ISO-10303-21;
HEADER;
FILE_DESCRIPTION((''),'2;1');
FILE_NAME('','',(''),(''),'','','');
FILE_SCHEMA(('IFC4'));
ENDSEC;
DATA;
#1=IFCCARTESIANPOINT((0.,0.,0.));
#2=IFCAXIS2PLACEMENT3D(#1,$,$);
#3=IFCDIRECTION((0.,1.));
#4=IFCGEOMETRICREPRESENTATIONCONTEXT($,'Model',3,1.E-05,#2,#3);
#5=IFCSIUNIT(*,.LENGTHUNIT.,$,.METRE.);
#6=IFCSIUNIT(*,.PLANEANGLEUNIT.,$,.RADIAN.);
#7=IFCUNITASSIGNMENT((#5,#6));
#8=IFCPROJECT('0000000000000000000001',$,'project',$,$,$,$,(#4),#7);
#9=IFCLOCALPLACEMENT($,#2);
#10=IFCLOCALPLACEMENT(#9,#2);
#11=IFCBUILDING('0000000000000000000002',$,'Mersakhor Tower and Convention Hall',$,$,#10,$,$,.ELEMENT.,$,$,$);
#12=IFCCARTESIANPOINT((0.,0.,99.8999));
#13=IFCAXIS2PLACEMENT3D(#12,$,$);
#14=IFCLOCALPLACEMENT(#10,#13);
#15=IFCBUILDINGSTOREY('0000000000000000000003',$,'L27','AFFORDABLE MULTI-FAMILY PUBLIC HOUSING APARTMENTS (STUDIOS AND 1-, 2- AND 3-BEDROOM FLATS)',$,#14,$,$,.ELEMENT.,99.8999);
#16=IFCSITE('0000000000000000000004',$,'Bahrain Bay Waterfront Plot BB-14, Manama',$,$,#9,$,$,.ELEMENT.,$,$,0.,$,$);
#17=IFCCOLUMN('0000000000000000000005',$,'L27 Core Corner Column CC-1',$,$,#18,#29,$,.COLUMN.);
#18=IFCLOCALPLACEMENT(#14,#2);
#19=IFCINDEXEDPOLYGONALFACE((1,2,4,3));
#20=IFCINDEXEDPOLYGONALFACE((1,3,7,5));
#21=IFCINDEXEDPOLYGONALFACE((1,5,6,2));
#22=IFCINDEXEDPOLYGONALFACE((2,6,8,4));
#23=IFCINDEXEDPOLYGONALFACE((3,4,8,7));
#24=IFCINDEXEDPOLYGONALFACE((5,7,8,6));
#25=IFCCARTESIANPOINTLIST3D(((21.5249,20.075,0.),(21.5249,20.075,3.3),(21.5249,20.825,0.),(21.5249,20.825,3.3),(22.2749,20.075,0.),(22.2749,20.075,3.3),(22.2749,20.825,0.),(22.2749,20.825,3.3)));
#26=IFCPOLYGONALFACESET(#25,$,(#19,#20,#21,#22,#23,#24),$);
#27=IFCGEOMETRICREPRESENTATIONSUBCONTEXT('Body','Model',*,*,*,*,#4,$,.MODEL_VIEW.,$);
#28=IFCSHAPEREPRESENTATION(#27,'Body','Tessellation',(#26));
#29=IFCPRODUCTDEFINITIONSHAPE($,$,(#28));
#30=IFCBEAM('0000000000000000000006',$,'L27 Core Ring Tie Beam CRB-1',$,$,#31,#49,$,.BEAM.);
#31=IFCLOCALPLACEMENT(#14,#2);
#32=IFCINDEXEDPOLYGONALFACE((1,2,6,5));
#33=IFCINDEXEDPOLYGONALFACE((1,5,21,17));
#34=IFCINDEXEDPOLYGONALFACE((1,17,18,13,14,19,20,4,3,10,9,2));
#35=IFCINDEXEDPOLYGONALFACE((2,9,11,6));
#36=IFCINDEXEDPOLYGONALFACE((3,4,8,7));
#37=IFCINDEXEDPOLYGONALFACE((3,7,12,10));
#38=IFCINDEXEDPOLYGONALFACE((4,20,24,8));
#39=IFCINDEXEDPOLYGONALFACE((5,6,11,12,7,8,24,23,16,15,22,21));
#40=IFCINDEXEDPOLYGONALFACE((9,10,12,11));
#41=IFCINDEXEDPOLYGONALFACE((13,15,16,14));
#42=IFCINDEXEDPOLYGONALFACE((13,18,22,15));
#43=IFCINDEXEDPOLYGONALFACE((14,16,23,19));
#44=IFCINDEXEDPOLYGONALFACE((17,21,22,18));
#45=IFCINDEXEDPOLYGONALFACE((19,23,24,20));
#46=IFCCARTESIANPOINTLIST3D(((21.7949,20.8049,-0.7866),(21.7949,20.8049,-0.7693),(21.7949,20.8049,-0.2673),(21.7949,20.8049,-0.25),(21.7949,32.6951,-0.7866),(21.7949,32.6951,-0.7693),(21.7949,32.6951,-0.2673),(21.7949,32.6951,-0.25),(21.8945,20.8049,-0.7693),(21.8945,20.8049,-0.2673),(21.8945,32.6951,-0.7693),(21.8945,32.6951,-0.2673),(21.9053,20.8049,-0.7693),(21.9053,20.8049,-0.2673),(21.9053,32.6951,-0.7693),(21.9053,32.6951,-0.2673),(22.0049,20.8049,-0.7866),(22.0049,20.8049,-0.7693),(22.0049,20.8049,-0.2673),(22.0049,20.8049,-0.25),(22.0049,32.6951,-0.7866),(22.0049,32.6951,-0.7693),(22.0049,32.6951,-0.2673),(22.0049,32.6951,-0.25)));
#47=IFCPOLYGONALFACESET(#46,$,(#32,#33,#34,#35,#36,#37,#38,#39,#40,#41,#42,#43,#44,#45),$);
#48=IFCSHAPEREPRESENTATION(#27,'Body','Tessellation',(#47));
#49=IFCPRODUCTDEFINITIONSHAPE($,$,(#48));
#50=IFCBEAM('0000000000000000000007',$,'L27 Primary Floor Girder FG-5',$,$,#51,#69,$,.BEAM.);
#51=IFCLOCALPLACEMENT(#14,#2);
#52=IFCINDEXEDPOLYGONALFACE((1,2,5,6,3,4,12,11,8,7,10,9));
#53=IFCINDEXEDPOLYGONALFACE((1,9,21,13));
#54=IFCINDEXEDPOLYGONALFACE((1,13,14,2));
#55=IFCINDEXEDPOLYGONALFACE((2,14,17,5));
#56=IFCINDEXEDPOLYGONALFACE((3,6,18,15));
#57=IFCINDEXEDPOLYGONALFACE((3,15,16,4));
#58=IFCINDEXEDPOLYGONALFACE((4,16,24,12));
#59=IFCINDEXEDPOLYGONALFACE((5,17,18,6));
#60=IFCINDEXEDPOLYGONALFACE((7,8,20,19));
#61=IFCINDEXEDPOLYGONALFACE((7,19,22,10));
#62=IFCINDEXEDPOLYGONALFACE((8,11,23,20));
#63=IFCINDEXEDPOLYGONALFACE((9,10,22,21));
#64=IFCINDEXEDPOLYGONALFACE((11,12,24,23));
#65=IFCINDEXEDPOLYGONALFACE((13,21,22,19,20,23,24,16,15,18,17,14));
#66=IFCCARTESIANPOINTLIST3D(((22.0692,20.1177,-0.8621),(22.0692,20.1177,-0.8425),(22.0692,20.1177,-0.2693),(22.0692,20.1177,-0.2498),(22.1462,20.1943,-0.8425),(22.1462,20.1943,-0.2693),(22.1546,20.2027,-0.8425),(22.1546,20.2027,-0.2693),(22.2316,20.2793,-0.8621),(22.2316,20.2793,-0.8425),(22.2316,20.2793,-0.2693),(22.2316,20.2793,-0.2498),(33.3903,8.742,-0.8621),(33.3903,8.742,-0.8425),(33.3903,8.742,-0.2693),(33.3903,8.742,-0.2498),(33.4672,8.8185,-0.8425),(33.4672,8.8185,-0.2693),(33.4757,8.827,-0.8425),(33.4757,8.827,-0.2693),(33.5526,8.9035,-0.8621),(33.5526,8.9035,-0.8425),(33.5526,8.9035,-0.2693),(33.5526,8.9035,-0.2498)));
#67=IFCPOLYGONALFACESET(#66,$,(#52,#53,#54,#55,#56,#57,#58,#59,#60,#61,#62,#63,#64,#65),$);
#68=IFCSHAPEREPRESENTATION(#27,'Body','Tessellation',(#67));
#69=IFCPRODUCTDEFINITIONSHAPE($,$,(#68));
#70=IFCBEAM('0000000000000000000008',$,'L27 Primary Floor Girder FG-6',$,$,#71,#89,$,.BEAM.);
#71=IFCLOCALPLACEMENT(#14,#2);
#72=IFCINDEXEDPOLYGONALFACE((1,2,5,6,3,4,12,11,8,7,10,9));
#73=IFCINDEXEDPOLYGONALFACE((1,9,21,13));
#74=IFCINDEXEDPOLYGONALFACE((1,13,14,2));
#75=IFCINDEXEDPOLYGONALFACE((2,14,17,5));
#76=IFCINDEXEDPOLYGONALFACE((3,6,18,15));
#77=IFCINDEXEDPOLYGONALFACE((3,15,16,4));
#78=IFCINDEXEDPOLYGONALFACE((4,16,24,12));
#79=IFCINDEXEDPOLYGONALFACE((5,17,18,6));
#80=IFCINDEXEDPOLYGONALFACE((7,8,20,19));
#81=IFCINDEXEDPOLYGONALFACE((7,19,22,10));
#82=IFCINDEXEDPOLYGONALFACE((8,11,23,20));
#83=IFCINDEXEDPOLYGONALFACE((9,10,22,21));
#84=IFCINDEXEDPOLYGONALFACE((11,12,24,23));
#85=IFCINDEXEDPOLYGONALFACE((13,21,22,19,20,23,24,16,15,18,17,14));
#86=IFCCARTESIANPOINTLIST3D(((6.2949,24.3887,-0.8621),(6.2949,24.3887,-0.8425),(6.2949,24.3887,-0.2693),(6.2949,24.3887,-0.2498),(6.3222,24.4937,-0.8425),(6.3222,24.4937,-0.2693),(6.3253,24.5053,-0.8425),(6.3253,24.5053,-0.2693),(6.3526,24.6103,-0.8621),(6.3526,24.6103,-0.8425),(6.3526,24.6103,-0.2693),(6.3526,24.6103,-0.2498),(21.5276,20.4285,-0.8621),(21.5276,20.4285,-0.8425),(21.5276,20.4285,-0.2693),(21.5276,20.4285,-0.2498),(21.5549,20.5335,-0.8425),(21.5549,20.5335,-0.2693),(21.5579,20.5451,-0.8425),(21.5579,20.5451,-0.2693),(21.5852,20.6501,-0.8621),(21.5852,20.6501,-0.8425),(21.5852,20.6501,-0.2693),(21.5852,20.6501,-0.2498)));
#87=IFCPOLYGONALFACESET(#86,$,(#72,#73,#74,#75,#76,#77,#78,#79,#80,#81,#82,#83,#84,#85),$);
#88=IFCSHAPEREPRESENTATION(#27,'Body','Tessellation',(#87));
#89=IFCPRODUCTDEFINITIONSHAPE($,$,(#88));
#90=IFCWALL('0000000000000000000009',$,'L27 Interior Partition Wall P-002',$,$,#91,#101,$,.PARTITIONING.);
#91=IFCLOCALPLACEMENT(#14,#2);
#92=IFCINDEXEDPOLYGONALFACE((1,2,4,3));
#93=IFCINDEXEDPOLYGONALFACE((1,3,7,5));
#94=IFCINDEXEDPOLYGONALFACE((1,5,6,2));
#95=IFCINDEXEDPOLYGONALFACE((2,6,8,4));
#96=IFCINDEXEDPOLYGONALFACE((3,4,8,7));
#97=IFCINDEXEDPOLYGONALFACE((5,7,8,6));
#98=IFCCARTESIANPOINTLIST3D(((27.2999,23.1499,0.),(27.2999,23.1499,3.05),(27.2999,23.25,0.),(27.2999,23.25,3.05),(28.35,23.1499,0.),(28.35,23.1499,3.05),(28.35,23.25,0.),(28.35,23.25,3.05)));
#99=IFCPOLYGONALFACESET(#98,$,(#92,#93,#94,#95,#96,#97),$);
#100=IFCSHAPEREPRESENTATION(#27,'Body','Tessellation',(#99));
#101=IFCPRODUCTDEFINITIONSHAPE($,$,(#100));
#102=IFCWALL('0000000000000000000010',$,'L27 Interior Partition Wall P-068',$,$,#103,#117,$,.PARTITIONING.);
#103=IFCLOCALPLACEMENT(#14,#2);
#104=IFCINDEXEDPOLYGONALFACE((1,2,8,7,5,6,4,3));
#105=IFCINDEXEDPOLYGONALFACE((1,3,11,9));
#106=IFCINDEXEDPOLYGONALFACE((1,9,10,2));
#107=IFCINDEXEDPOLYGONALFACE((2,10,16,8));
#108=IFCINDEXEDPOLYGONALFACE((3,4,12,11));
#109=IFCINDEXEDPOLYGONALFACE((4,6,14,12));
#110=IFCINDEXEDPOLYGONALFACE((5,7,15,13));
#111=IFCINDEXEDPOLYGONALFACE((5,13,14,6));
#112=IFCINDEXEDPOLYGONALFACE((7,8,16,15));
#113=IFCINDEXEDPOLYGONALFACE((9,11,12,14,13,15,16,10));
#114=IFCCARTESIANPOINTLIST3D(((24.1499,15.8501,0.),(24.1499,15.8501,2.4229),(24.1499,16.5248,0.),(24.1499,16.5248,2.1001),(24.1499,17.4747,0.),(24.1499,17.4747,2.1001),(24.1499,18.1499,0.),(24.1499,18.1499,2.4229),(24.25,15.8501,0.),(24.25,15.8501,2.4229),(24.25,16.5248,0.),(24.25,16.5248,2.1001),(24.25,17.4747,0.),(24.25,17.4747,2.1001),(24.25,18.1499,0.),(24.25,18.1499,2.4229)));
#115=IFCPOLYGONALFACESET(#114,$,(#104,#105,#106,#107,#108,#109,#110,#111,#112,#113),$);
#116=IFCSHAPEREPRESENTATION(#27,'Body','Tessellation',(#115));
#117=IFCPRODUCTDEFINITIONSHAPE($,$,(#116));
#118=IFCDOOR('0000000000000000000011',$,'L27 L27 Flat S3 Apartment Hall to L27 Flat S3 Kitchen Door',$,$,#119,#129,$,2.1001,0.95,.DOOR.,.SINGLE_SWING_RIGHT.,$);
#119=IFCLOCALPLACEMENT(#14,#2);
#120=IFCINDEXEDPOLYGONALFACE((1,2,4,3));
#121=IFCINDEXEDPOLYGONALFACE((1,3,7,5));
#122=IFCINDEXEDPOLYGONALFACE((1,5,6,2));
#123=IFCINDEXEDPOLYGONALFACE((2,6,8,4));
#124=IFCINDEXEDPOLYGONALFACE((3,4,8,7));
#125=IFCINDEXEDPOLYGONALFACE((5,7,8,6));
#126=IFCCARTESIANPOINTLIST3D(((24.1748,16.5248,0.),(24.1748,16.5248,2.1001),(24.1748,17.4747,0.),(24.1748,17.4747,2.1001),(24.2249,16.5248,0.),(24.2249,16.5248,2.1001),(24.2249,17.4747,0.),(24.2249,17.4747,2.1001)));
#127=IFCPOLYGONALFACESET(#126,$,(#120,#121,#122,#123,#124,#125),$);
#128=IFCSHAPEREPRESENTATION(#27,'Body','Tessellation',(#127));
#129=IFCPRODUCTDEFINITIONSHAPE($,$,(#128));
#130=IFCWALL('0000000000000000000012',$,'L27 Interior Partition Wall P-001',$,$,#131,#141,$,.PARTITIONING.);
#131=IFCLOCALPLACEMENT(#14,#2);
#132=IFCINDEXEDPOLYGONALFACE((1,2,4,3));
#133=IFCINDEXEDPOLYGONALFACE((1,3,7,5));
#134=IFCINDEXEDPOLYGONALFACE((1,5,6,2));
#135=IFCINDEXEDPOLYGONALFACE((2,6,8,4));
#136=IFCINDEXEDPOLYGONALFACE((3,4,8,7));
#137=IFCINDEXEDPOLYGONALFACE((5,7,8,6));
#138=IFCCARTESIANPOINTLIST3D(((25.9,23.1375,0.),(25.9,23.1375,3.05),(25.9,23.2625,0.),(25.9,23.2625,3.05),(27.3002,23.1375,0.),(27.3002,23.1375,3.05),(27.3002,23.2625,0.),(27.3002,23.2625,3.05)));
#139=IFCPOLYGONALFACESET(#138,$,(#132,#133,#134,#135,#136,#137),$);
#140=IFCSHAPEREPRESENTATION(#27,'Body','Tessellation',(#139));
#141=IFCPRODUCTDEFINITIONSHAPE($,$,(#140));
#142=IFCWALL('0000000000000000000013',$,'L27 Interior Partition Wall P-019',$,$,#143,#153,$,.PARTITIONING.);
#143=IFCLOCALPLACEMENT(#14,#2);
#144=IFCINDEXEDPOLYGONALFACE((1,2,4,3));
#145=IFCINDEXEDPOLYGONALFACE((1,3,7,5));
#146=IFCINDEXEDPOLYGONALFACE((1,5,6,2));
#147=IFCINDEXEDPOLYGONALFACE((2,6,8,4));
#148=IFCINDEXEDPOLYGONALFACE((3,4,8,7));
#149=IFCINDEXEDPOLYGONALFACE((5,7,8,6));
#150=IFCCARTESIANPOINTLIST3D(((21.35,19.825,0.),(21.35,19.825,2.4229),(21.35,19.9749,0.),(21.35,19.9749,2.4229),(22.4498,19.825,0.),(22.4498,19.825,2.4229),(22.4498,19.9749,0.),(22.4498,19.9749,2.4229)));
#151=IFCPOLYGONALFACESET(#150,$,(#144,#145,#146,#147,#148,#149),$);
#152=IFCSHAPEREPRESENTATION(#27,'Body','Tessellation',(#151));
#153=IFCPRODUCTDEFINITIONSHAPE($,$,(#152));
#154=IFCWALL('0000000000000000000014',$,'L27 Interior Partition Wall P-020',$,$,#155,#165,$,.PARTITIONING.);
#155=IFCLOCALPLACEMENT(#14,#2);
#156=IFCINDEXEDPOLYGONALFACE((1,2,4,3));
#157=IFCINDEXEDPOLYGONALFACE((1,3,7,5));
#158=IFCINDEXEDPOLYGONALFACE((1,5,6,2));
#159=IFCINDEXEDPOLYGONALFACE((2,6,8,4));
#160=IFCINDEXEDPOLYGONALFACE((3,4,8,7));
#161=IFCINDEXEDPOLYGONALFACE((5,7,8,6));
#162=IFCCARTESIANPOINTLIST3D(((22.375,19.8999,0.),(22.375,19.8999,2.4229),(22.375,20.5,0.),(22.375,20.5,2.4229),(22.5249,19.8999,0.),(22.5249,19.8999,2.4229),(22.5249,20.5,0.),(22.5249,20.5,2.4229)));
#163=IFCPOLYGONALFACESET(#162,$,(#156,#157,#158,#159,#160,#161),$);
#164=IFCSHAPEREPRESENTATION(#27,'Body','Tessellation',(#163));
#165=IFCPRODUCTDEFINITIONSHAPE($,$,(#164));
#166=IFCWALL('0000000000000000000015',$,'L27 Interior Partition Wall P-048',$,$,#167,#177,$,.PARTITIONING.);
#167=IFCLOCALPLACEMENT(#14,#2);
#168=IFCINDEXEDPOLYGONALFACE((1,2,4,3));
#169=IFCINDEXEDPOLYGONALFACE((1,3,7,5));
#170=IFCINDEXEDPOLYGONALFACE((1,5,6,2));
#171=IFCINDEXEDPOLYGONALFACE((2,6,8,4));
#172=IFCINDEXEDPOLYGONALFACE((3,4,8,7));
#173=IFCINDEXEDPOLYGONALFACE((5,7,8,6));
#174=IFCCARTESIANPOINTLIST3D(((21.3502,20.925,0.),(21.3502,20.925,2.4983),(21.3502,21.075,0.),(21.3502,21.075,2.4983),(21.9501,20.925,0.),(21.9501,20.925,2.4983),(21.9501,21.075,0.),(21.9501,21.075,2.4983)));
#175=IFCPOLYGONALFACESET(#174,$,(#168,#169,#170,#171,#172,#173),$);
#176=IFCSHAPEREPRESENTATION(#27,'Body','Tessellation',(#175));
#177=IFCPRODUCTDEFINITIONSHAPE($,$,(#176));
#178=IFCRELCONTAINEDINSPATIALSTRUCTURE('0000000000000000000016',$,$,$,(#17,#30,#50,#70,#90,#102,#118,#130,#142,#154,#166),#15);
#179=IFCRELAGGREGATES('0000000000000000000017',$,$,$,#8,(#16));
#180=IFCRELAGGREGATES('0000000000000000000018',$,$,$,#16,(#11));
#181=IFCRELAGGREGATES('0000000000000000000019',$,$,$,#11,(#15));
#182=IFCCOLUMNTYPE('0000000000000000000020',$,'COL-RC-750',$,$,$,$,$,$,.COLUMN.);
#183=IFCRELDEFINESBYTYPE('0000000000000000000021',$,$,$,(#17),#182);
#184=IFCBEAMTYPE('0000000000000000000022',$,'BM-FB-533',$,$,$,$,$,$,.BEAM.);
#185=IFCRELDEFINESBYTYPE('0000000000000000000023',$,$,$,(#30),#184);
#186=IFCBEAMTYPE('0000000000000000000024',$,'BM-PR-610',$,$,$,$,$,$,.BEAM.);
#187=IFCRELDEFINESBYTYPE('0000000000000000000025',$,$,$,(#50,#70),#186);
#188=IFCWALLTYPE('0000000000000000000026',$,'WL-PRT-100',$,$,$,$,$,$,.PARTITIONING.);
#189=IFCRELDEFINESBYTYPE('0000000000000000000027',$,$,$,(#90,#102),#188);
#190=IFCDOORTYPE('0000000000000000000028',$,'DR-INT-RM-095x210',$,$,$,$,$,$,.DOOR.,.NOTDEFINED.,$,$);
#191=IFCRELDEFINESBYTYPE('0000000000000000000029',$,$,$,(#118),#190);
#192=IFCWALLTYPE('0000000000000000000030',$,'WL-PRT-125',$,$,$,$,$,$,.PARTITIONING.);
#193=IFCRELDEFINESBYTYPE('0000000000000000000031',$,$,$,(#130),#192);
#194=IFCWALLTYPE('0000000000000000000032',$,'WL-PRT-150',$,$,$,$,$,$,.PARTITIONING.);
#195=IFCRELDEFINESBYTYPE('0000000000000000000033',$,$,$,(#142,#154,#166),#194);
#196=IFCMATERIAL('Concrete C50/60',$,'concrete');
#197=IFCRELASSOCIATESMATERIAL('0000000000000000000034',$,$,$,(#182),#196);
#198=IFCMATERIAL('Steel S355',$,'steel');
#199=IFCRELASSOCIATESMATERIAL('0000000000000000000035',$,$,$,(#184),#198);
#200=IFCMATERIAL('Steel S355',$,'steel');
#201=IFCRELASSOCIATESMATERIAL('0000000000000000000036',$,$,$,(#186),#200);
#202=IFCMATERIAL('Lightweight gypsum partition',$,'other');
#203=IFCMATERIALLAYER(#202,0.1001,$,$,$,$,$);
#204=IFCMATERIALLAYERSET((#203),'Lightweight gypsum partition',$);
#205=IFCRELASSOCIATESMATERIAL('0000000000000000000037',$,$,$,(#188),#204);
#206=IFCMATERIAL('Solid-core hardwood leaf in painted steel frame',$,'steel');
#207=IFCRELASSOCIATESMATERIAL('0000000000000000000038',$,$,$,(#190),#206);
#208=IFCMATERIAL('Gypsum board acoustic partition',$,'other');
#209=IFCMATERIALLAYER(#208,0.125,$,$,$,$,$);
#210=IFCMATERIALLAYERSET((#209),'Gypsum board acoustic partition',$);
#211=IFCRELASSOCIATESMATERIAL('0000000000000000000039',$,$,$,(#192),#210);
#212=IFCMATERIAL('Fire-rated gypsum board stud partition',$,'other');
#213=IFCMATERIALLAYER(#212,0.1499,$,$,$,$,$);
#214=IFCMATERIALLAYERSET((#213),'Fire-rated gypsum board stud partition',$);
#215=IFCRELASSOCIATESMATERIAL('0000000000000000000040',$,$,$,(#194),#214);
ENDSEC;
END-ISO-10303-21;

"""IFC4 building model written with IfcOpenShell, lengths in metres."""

from ifc_helpers import new_model, si_unit, direction, frame, frame_2d, origin, origin_2d, place, context, subcontext, project, spatial, rectangle, i_section, extrude, material, layer, layer_set, material_profile, profile_set, type_object, element, fill, save


model = new_model("IFC4")

# Units and contexts
model_context = context("Model", 3, precision=1e-05, world=origin(), true_north=direction((0.0, 1.0)))
body_context = subcontext(model_context, "Body", "Model", "MODEL_VIEW")
ifc_project = project(units=[si_unit("LENGTHUNIT", "METRE"), si_unit("PLANEANGLEUNIT", "RADIAN")], contexts=[model_context])

# Site, building, storey
site_placement = place(None, origin())
site = spatial("IfcSite", under=ifc_project, at=site_placement, Name="Bahrain Bay Waterfront Plot BB-14, Manama", CompositionType="ELEMENT", RefElevation=0.0)
building_placement = place(site_placement, origin())
building = spatial("IfcBuilding", under=site, at=building_placement, Name="Mersakhor Tower and Convention Hall", CompositionType="ELEMENT")
storey_placement = place(building_placement, frame((0.0, 0.0, 99.8999)))
storey = spatial("IfcBuildingStorey", under=building, at=storey_placement, Name="L27", Description="AFFORDABLE MULTI-FAMILY PUBLIC HOUSING APARTMENTS (STUDIOS AND 1-, 2- AND 3-BEDROOM FLATS)", CompositionType="ELEMENT", Elevation=99.8999)

# Column
ifc_material_1 = material(Name="Concrete C50/60", Category="concrete")
ifc_material_profile_1 = material_profile(ifc_material_1, rectangle(XDim=0.75, YDim=0.75, at=origin_2d()), Name="RC 750x750")
ifc_profile_set_1 = profile_set([ifc_material_profile_1], Name="Concrete C50/60")
column_type = type_object("IfcColumnType", Name="COL-RC-750", PredefinedType="COLUMN", material=ifc_profile_set_1)
column_placement = place(storey_placement, frame((21.8999, 20.45, 0.0), z_axis=(0.0, 0.0, 1.0), x_axis=(1.0, 0.0, 0.0)))
element("IfcColumn", 1, at=column_placement, inside=storey, type_object=column_type, Name="L27 Core Corner Column CC-1", PredefinedType="COLUMN", context=body_context, shape_type="SweptSolid", body=[
    extrude(rectangle(XDim=0.75, YDim=0.75, at=origin_2d()), origin(), (0.0, 0.0, 1.0), 3.3),
])

# Beams
ifc_material_2 = material(Name="Steel S355", Category="steel")
ifc_material_profile_2 = material_profile(ifc_material_2, i_section(OverallWidth=0.21, OverallDepth=0.5366, WebThickness=0.0107, FlangeThickness=0.0173, at=origin_2d()), Name="UB 533x210x101")
ifc_profile_set_2 = profile_set([ifc_material_profile_2], Name="Steel S355")
beam_type_1 = type_object("IfcBeamType", Name="BM-FB-533", PredefinedType="BEAM", material=ifc_profile_set_2)
beam_1_placement = place(storey_placement, frame((21.8999, 20.8049, -0.5183), z_axis=(0.0, 1.0, 0.0), x_axis=(-1.0, 0.0, 0.0)))
element("IfcBeam", 2, at=beam_1_placement, inside=storey, type_object=beam_type_1, Name="L27 Core Ring Tie Beam CRB-1", PredefinedType="BEAM", context=body_context, shape_type="SweptSolid", body=[
    extrude(i_section(OverallWidth=0.21, OverallDepth=0.5366, WebThickness=0.0107, FlangeThickness=0.0173, at=origin_2d()), origin(), (0.0, 0.0, 1.0), 11.8901),
])
ifc_material_3 = material(Name="Steel S355", Category="steel")
ifc_material_profile_3 = material_profile(ifc_material_3, i_section(OverallWidth=0.229, OverallDepth=0.6123, WebThickness=0.012, FlangeThickness=0.0195, at=origin_2d()), Name="UB 610x229x125")
ifc_profile_set_3 = profile_set([ifc_material_profile_3], Name="Steel S355")
beam_type_2 = type_object("IfcBeamType", Name="BM-PR-610", PredefinedType="BEAM", material=ifc_profile_set_3)
beam_2_placement = place(storey_placement, frame((22.1504, 20.1985, -0.5559), z_axis=(0.705401, -0.708808, 0.0), x_axis=(0.708808, 0.705401, 0.0)))
element("IfcBeam", 3, at=beam_2_placement, inside=storey, type_object=beam_type_2, Name="L27 Primary Floor Girder FG-5", PredefinedType="BEAM", context=body_context, shape_type="SweptSolid", body=[
    extrude(i_section(OverallWidth=0.229, OverallDepth=0.6123, WebThickness=0.012, FlangeThickness=0.0195, at=origin_2d()), origin(), (0.0, 0.0, 1.0), 16.0491),
])
beam_3_placement = place(storey_placement, frame((21.5564, 20.5393, -0.5559), z_axis=(-0.967827, 0.251617, 0.0), x_axis=(-0.251617, -0.967827, 0.0)))
element("IfcBeam", 4, at=beam_3_placement, inside=storey, type_object=beam_type_2, Name="L27 Primary Floor Girder FG-6", PredefinedType="BEAM", context=body_context, shape_type="SweptSolid", body=[
    extrude(i_section(OverallWidth=0.229, OverallDepth=0.6123, WebThickness=0.012, FlangeThickness=0.0195, at=origin_2d()), origin(), (0.0, 0.0, 1.0), 15.739),
])

# Wall
ifc_material_4 = material(Name="Lightweight gypsum partition", Category="other")
ifc_layer_1 = layer(ifc_material_4, 0.1001)
ifc_layer_set_1 = layer_set([ifc_layer_1], Name="Lightweight gypsum partition")
wall_type_1 = type_object("IfcWallType", Name="WL-PRT-100", PredefinedType="PARTITIONING", material=ifc_layer_set_1)
wall_1_placement = place(storey_placement, frame((27.3, 23.2, 0.0), z_axis=(0.0, 0.0, 1.0), x_axis=(1.0, 0.0, 0.0)))
element("IfcWall", 5, at=wall_1_placement, inside=storey, type_object=wall_type_1, Name="L27 Interior Partition Wall P-002", PredefinedType="PARTITIONING", context=body_context, shape_type="SweptSolid", body=[
    extrude(rectangle(XDim=1.05, YDim=0.1001, at=frame_2d((0.5249, 0.0))), origin(), (0.0, 0.0, 1.0), 3.05),
])

# Wall, opening, door
wall_2_placement = place(storey_placement, frame((24.2, 18.1499, 0.0), z_axis=(0.0, 0.0, 1.0), x_axis=(0.0, -1.0, 0.0)))
wall_2 = element("IfcWall", 6, at=wall_2_placement, inside=storey, type_object=wall_type_1, Name="L27 Interior Partition Wall P-068", PredefinedType="PARTITIONING", context=body_context, shape_type="SweptSolid", body=[
    extrude(rectangle(XDim=2.2998, YDim=0.1001, at=frame_2d((1.1499, 0.0))), origin(), (0.0, 0.0, 1.0), 2.4229),
])
opening_1_placement = place(wall_2_placement, frame((0.675, 0.0, 0.0)))
opening_1 = element("IfcOpeningElement", 7, at=opening_1_placement, cuts=wall_2, PredefinedType="OPENING", context=body_context, shape_type="SweptSolid", body=[
    extrude(rectangle(XDim=0.95, YDim=2.1001, at=frame_2d((0.4751, 1.05))), frame((0.0, 0.0601, 0.0), z_axis=(0.0, -1.0, 0.0), x_axis=(1.0, 0.0, 0.0)), (0.0, 0.0, 1.0), 0.1201),
])
ifc_material_5 = material(Name="Solid-core hardwood leaf in painted steel frame", Category="steel")
door_type_1 = type_object("IfcDoorType", Name="DR-INT-RM-095x210", OperationType="NOTDEFINED", PredefinedType="DOOR", material=ifc_material_5)
door_1_placement = place(opening_1_placement, origin())
door_1 = element("IfcDoor", 8, at=door_1_placement, inside=storey, type_object=door_type_1, Name="L27 L27 Flat S3 Apartment Hall to L27 Flat S3 Kitchen Door", OperationType="SINGLE_SWING_RIGHT", OverallHeight=2.1001, OverallWidth=0.95, PredefinedType="DOOR", context=body_context, shape_type="SweptSolid", body=[
    extrude(rectangle(XDim=0.95, YDim=2.1001, at=frame_2d((0.4751, 1.05))), frame((0.0, 0.0249, 0.0), z_axis=(0.0, -1.0, 0.0), x_axis=(1.0, 0.0, 0.0)), (0.0, 0.0, 1.0), 0.05),
])
fill(opening_1, door_1)

# Walls
ifc_material_6 = material(Name="Gypsum board acoustic partition", Category="other")
ifc_layer_2 = layer(ifc_material_6, 0.125)
ifc_layer_set_2 = layer_set([ifc_layer_2], Name="Gypsum board acoustic partition")
wall_type_2 = type_object("IfcWallType", Name="WL-PRT-125", PredefinedType="PARTITIONING", material=ifc_layer_set_2)
wall_3_placement = place(storey_placement, frame((25.8999, 23.2, 0.0), z_axis=(0.0, 0.0, 1.0), x_axis=(1.0, 0.0, 0.0)))
element("IfcWall", 9, at=wall_3_placement, inside=storey, type_object=wall_type_2, Name="L27 Interior Partition Wall P-001", PredefinedType="PARTITIONING", context=body_context, shape_type="SweptSolid", body=[
    extrude(rectangle(XDim=1.4001, YDim=0.125, at=frame_2d((0.7002, 0.0))), origin(), (0.0, 0.0, 1.0), 3.05),
])
ifc_material_7 = material(Name="Fire-rated gypsum board stud partition", Category="other")
ifc_layer_3 = layer(ifc_material_7, 0.1499)
ifc_layer_set_3 = layer_set([ifc_layer_3], Name="Fire-rated gypsum board stud partition")
wall_type_3 = type_object("IfcWallType", Name="WL-PRT-150", PredefinedType="PARTITIONING", material=ifc_layer_set_3)
wall_4_placement = place(storey_placement, frame((21.3501, 19.8999, 0.0), z_axis=(0.0, 0.0, 1.0), x_axis=(1.0, 0.0, 0.0)))
element("IfcWall", 10, at=wall_4_placement, inside=storey, type_object=wall_type_3, Name="L27 Interior Partition Wall P-019", PredefinedType="PARTITIONING", context=body_context, shape_type="SweptSolid", body=[
    extrude(rectangle(XDim=1.0999, YDim=0.1499, at=frame_2d((0.5498, 0.0))), origin(), (0.0, 0.0, 1.0), 2.4229),
])
wall_5_placement = place(storey_placement, frame((22.45, 19.8999, 0.0), z_axis=(0.0, 0.0, 1.0), x_axis=(0.0, 1.0, 0.0)))
element("IfcWall", 11, at=wall_5_placement, inside=storey, type_object=wall_type_3, Name="L27 Interior Partition Wall P-020", PredefinedType="PARTITIONING", context=body_context, shape_type="SweptSolid", body=[
    extrude(rectangle(XDim=0.6001, YDim=0.1499, at=frame_2d((0.3, 0.0))), origin(), (0.0, 0.0, 1.0), 2.4229),
])

# Wall
wall_6_placement = place(storey_placement, frame((21.95, 21.0, 0.0), z_axis=(0.0, 0.0, 1.0), x_axis=(-1.0, 0.0, 0.0)))
element("IfcWall", 12, at=wall_6_placement, inside=storey, type_object=wall_type_3, Name="L27 Interior Partition Wall P-048", PredefinedType="PARTITIONING", context=body_context, shape_type="SweptSolid", body=[
    extrude(rectangle(XDim=0.5999, YDim=0.1499, at=frame_2d((0.2998, 0.0))), origin(), (0.0, 0.0, 1.0), 2.4983),
])

save(model, "model.ifc")
